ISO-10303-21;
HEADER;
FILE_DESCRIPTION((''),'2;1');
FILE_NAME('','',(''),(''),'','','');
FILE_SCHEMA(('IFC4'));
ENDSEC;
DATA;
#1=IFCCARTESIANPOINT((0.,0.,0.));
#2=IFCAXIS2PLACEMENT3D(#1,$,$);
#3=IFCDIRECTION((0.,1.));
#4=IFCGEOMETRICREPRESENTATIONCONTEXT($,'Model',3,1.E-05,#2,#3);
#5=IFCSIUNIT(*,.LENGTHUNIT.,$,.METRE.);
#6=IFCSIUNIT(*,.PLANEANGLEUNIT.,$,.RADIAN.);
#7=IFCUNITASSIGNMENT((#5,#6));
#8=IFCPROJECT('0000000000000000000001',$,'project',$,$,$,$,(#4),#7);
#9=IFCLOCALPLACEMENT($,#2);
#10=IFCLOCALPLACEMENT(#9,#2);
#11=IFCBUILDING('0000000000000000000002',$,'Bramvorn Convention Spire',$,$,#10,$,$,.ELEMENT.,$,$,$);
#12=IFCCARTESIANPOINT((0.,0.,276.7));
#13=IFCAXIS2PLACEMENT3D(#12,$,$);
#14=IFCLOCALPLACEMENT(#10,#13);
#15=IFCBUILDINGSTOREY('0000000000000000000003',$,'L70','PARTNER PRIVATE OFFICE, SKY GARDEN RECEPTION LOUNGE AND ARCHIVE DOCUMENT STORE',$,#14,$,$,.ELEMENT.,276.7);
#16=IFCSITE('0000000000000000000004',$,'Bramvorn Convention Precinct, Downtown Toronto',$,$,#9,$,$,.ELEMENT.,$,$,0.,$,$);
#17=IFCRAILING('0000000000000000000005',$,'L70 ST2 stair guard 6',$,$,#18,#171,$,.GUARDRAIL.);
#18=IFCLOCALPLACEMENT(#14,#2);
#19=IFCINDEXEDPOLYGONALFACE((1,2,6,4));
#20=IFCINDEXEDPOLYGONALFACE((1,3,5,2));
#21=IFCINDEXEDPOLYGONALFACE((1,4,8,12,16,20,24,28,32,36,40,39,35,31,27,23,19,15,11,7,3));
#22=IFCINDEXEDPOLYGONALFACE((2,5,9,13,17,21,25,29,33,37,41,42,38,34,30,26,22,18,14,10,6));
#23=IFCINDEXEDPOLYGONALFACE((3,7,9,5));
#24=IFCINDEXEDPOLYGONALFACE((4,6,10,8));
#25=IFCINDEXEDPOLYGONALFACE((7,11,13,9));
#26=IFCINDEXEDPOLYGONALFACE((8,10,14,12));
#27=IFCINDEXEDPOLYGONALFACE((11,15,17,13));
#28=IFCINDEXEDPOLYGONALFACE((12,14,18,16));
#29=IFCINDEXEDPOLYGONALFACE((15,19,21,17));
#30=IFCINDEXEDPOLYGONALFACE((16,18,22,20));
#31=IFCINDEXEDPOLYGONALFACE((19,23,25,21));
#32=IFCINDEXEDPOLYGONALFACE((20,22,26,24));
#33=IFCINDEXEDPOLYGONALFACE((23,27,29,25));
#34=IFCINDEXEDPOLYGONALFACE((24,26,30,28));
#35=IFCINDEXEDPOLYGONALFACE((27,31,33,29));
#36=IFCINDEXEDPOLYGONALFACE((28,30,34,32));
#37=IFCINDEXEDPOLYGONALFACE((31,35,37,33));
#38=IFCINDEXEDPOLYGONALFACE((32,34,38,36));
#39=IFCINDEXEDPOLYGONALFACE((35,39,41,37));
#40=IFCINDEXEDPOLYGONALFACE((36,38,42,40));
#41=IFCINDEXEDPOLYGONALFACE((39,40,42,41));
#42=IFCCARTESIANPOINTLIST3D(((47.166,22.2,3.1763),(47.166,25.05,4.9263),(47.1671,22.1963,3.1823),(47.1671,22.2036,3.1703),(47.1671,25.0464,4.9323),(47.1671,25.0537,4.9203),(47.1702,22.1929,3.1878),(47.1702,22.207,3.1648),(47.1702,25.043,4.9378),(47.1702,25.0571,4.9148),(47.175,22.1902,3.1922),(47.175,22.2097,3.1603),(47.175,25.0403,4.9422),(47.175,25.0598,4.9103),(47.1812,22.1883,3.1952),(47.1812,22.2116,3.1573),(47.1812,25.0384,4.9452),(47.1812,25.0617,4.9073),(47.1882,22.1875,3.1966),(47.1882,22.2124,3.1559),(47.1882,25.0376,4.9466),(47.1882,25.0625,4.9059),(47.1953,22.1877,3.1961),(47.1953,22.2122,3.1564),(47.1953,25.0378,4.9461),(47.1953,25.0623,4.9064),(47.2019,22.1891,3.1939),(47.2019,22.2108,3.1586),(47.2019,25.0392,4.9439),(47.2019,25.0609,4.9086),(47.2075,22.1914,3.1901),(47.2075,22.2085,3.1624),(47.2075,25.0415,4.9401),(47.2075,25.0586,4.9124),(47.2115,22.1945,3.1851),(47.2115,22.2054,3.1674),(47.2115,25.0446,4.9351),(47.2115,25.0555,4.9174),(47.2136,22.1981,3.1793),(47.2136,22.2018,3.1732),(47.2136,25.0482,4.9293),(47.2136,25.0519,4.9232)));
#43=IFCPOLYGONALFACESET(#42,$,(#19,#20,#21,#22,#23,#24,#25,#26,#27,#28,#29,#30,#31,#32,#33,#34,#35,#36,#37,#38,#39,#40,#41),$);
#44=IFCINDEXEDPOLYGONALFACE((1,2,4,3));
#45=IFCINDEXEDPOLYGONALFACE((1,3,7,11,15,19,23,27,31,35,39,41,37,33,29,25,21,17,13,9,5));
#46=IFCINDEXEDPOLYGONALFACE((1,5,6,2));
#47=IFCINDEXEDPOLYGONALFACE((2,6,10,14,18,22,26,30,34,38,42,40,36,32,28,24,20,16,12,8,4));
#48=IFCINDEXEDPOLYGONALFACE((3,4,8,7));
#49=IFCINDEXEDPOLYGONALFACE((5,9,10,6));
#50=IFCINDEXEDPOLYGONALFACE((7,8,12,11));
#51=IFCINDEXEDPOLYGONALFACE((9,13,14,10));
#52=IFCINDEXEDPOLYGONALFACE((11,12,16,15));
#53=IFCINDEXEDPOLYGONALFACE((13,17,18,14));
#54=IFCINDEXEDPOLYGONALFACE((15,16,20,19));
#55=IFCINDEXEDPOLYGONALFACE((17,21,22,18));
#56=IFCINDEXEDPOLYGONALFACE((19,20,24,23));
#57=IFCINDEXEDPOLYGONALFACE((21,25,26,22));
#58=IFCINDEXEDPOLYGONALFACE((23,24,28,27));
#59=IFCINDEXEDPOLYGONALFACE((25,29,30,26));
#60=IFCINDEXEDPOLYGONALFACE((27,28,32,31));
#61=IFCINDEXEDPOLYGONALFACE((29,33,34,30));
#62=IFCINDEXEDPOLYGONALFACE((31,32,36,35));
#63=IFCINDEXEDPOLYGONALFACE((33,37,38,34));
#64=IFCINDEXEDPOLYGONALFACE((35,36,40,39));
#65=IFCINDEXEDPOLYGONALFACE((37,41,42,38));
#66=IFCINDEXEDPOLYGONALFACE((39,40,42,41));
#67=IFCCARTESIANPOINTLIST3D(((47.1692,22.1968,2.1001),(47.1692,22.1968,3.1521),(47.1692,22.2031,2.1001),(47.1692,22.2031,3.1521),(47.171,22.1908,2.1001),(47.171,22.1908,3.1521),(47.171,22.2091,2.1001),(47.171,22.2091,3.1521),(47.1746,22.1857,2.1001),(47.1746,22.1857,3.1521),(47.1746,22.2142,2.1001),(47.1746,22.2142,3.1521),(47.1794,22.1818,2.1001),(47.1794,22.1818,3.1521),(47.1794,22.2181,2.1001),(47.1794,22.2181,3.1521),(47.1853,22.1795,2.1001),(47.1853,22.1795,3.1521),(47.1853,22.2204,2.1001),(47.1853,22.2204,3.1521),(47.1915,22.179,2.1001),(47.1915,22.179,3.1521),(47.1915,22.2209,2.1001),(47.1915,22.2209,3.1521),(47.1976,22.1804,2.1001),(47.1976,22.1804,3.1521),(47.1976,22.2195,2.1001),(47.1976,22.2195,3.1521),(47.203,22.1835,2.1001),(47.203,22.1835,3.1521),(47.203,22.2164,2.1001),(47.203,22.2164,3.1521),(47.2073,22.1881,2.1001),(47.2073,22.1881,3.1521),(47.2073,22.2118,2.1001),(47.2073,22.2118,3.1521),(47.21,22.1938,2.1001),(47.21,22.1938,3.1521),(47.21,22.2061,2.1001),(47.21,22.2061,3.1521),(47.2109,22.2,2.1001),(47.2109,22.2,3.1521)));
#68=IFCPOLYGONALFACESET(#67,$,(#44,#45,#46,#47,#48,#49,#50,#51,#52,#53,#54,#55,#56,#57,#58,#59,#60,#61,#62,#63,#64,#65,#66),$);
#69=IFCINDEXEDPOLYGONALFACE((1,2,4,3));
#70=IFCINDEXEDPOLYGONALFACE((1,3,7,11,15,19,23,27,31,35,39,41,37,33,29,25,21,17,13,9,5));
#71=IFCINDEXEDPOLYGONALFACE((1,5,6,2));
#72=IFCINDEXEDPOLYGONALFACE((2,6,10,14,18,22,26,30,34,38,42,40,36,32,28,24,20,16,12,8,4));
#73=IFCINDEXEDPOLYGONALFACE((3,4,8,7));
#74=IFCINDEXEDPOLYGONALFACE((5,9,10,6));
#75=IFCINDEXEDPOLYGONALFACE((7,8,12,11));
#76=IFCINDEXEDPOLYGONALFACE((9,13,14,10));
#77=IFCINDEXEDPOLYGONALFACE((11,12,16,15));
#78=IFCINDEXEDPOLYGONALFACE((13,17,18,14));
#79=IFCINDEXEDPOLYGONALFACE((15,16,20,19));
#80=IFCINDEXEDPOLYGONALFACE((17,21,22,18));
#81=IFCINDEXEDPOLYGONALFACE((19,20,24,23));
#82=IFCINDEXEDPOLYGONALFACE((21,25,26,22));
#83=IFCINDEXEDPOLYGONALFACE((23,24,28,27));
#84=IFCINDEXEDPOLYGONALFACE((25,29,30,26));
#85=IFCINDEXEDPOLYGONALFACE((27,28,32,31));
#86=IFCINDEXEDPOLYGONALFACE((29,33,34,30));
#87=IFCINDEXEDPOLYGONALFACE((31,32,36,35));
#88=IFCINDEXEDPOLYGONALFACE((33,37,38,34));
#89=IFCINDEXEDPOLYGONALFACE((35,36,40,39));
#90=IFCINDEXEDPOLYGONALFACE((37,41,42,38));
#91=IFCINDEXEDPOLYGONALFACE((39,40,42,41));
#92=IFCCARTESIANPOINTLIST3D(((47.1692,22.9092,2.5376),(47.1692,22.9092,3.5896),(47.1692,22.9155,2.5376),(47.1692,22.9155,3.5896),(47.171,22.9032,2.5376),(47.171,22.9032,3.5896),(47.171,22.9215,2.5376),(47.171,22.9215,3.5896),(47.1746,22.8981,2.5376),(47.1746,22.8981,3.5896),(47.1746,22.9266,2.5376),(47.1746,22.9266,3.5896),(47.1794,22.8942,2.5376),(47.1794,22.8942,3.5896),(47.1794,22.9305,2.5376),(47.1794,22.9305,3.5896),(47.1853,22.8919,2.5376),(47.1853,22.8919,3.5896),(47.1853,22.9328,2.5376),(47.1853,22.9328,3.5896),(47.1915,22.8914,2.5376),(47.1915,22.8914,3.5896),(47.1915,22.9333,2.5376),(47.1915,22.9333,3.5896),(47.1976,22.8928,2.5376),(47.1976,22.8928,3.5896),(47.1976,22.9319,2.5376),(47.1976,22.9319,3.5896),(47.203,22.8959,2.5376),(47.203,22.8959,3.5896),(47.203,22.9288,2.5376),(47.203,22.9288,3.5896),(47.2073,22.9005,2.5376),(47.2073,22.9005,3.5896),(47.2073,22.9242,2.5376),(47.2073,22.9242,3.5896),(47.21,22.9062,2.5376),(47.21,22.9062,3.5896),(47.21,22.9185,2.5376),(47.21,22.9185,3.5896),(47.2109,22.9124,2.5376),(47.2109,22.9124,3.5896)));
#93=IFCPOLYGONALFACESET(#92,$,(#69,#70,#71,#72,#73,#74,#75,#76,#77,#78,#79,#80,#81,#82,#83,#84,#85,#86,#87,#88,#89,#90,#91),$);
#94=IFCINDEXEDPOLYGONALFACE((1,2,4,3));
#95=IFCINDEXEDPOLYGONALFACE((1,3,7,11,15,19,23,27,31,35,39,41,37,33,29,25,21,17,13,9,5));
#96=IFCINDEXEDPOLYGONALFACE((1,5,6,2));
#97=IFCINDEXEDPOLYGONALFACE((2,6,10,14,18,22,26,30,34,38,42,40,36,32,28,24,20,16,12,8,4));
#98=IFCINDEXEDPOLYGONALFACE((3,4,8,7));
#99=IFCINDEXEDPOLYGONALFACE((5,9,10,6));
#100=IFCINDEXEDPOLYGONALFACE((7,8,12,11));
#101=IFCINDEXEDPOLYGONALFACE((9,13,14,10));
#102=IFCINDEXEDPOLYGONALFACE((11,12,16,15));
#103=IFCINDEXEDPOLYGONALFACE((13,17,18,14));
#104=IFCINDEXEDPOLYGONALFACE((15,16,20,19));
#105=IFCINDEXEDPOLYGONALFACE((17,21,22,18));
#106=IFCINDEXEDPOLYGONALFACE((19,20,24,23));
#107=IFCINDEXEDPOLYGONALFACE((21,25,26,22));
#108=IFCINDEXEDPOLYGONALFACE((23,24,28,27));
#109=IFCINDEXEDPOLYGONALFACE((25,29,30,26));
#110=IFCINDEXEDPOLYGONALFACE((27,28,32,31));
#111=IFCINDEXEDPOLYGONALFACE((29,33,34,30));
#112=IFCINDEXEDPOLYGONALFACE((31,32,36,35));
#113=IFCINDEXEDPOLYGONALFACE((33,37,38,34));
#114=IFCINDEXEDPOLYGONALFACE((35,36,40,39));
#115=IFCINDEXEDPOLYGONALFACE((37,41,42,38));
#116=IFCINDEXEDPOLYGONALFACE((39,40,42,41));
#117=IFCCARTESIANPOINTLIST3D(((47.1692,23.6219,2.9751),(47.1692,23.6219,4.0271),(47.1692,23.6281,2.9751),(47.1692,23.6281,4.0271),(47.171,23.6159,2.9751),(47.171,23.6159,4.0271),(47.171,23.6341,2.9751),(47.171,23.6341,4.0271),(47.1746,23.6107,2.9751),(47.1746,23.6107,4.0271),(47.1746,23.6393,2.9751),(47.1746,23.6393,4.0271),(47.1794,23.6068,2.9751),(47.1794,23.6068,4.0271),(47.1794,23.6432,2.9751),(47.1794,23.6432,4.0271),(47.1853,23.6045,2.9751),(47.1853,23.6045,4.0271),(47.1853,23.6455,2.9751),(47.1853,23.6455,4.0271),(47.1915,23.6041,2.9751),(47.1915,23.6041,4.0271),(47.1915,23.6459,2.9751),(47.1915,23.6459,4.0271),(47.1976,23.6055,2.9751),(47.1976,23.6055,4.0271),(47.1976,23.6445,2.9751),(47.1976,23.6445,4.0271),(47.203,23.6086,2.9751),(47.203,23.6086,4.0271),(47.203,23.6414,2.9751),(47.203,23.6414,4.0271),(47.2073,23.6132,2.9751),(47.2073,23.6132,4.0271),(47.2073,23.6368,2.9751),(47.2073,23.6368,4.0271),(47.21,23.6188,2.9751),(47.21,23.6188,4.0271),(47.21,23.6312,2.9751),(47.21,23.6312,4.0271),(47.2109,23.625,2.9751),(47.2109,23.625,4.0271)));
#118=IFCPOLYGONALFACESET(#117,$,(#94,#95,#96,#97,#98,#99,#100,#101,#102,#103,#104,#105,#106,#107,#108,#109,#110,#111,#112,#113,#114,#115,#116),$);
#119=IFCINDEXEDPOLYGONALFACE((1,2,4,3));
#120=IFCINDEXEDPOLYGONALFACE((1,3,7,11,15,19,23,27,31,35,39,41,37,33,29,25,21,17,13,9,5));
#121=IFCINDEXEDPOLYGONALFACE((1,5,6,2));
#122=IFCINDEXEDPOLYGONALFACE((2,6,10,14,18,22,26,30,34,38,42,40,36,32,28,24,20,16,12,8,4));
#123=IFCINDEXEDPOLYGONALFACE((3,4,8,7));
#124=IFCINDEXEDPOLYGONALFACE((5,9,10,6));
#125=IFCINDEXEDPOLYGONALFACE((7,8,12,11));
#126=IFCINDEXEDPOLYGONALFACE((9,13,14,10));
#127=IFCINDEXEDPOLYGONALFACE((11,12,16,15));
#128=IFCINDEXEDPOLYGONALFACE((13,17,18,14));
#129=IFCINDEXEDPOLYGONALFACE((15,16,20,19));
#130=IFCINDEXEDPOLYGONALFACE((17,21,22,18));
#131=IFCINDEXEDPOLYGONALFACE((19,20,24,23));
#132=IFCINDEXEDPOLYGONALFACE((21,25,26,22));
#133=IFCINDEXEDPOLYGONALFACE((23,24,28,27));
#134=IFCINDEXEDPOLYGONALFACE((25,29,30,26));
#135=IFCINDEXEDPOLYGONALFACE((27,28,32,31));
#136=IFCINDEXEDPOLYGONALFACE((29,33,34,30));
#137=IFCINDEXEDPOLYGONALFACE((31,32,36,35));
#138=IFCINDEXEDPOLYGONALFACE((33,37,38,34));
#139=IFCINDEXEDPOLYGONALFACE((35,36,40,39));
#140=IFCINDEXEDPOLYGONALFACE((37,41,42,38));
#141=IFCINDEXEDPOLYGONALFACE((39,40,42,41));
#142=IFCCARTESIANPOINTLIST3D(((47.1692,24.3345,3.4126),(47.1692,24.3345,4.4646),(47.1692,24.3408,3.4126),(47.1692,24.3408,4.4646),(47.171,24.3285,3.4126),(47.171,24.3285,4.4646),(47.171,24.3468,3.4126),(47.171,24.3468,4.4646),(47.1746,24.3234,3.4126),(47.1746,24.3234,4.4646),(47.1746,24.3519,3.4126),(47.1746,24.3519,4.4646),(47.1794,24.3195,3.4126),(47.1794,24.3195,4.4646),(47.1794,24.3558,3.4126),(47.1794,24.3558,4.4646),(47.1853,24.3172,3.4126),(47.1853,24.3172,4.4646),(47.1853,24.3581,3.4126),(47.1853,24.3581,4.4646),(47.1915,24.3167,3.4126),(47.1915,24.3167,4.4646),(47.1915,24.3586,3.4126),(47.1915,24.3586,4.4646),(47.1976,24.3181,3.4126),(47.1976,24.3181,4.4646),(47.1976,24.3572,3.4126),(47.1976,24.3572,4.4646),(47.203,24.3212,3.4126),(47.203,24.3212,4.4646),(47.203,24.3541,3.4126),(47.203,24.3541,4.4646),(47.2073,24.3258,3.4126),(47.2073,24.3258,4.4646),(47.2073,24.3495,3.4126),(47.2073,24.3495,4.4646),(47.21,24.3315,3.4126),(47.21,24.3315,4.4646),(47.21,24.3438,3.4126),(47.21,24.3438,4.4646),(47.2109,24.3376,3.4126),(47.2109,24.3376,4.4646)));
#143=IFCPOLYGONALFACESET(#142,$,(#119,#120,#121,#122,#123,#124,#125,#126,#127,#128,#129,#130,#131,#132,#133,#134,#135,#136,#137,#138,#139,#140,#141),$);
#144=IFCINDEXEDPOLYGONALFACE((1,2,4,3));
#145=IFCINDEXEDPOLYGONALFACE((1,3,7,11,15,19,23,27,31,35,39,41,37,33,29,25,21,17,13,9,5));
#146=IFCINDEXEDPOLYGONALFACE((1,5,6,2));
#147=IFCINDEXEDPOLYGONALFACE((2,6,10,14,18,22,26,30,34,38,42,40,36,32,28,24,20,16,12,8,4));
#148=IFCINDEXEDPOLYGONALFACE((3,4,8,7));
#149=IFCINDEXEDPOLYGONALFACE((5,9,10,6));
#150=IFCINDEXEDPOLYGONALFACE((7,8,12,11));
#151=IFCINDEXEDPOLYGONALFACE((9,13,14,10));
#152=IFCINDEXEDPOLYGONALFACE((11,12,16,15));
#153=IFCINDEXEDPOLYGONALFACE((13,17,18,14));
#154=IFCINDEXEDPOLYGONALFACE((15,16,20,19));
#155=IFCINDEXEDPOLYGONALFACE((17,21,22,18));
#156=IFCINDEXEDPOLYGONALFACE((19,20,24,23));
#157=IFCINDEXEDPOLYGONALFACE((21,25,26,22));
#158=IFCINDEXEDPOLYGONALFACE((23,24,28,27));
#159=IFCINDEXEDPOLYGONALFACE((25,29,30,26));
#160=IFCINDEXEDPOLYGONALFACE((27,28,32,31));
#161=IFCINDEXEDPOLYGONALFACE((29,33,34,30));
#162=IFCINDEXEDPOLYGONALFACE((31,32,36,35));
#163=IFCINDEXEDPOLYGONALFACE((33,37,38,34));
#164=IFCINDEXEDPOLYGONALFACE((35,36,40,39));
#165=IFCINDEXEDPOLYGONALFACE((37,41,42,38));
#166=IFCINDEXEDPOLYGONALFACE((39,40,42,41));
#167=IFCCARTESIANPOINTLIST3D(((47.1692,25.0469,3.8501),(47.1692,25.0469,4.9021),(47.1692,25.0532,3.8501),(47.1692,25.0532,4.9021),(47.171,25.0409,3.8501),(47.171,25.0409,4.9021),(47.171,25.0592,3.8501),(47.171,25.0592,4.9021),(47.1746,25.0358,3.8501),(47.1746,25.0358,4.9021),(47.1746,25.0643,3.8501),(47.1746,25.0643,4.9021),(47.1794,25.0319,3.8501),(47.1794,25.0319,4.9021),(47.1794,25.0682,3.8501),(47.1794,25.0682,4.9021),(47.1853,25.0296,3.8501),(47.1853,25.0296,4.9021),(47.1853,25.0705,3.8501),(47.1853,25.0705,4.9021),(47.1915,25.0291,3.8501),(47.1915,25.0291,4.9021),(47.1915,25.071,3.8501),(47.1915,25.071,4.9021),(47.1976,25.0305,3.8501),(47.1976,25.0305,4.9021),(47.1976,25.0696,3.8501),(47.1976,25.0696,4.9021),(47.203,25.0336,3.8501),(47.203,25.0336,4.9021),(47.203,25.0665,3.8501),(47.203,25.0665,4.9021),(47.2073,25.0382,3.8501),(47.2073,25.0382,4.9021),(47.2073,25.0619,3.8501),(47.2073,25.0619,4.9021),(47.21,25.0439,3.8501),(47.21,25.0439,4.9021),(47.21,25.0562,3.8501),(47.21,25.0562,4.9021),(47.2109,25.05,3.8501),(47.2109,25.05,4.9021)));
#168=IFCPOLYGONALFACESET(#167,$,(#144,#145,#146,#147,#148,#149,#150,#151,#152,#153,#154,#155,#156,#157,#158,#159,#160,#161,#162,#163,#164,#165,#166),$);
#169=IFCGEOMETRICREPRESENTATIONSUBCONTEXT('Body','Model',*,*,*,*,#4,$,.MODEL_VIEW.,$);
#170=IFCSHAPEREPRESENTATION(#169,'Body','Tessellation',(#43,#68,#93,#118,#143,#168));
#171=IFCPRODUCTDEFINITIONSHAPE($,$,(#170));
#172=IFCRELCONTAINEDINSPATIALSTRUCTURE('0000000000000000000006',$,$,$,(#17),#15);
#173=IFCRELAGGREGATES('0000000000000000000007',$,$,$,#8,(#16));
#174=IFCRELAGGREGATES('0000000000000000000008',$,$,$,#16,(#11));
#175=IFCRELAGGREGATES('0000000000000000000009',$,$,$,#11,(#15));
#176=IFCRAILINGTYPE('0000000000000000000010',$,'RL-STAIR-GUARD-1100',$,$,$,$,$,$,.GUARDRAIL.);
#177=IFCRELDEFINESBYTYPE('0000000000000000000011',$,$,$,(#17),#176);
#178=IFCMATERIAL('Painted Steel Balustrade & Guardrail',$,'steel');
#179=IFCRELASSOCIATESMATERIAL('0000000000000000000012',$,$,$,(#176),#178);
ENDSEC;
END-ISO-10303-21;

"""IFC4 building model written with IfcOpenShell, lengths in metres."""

from ifc_helpers import new_model, si_unit, direction, frame, origin, origin_2d, place, context, subcontext, project, spatial, circle, extrude, material, type_object, element, save


model = new_model("IFC4")

# Units and contexts
model_context = context("Model", 3, precision=1e-05, world=origin(), true_north=direction((0.0, 1.0)))
body_context = subcontext(model_context, "Body", "Model", "MODEL_VIEW")
ifc_project = project(units=[si_unit("LENGTHUNIT", "METRE"), si_unit("PLANEANGLEUNIT", "RADIAN")], contexts=[model_context])

# Site, building, storey
site_placement = place(None, origin())
site = spatial("IfcSite", under=ifc_project, at=site_placement, Name="Bramvorn Convention Precinct, Downtown Toronto", CompositionType="ELEMENT", RefElevation=0.0)
building_placement = place(site_placement, origin())
building = spatial("IfcBuilding", under=site, at=building_placement, Name="Bramvorn Convention Spire", CompositionType="ELEMENT")
storey_placement = place(building_placement, frame((0.0, 0.0, 276.7)))
storey = spatial("IfcBuildingStorey", under=building, at=storey_placement, Name="L70", Description="PARTNER PRIVATE OFFICE, SKY GARDEN RECEPTION LOUNGE AND ARCHIVE DOCUMENT STORE", CompositionType="ELEMENT", Elevation=276.7)

# Railing
ifc_material_1 = material(Name="Painted Steel Balustrade & Guardrail", Category="steel")
railing_type_1 = type_object("IfcRailingType", Name="RL-STAIR-GUARD-1100", PredefinedType="GUARDRAIL", material=ifc_material_1)
railing_1_placement = place(storey_placement, frame((47.1899, 22.2, 2.1001)))
element("IfcRailing", 1, at=railing_1_placement, inside=storey, type_object=railing_type_1, Name="L70 ST2 stair guard 6", PredefinedType="GUARDRAIL", context=body_context, shape_type="SweptSolid", body=[
    extrude(circle(Radius=0.0239, at=origin_2d()), frame((0.0, 0.0, 1.0762), z_axis=(0.0, 0.852179, 0.52325), x_axis=(-1.0, 0.0, 0.0)), (0.0, 0.0, 1.0), 3.3445),
    extrude(circle(Radius=0.021, at=origin_2d()), origin(), (0.0, 0.0, 1.0), 1.052),
    extrude(circle(Radius=0.021, at=origin_2d()), frame((0.0, 0.7124, 0.4375)), (0.0, 0.0, 1.0), 1.052),
    extrude(circle(Radius=0.021, at=origin_2d()), frame((0.0, 1.425, 0.875)), (0.0, 0.0, 1.0), 1.052),
    extrude(circle(Radius=0.021, at=origin_2d()), frame((0.0, 2.1377, 1.3125)), (0.0, 0.0, 1.0), 1.052),
    extrude(circle(Radius=0.021, at=origin_2d()), frame((0.0, 2.8501, 1.75)), (0.0, 0.0, 1.0), 1.052),
])

save(model, "model.ifc")
